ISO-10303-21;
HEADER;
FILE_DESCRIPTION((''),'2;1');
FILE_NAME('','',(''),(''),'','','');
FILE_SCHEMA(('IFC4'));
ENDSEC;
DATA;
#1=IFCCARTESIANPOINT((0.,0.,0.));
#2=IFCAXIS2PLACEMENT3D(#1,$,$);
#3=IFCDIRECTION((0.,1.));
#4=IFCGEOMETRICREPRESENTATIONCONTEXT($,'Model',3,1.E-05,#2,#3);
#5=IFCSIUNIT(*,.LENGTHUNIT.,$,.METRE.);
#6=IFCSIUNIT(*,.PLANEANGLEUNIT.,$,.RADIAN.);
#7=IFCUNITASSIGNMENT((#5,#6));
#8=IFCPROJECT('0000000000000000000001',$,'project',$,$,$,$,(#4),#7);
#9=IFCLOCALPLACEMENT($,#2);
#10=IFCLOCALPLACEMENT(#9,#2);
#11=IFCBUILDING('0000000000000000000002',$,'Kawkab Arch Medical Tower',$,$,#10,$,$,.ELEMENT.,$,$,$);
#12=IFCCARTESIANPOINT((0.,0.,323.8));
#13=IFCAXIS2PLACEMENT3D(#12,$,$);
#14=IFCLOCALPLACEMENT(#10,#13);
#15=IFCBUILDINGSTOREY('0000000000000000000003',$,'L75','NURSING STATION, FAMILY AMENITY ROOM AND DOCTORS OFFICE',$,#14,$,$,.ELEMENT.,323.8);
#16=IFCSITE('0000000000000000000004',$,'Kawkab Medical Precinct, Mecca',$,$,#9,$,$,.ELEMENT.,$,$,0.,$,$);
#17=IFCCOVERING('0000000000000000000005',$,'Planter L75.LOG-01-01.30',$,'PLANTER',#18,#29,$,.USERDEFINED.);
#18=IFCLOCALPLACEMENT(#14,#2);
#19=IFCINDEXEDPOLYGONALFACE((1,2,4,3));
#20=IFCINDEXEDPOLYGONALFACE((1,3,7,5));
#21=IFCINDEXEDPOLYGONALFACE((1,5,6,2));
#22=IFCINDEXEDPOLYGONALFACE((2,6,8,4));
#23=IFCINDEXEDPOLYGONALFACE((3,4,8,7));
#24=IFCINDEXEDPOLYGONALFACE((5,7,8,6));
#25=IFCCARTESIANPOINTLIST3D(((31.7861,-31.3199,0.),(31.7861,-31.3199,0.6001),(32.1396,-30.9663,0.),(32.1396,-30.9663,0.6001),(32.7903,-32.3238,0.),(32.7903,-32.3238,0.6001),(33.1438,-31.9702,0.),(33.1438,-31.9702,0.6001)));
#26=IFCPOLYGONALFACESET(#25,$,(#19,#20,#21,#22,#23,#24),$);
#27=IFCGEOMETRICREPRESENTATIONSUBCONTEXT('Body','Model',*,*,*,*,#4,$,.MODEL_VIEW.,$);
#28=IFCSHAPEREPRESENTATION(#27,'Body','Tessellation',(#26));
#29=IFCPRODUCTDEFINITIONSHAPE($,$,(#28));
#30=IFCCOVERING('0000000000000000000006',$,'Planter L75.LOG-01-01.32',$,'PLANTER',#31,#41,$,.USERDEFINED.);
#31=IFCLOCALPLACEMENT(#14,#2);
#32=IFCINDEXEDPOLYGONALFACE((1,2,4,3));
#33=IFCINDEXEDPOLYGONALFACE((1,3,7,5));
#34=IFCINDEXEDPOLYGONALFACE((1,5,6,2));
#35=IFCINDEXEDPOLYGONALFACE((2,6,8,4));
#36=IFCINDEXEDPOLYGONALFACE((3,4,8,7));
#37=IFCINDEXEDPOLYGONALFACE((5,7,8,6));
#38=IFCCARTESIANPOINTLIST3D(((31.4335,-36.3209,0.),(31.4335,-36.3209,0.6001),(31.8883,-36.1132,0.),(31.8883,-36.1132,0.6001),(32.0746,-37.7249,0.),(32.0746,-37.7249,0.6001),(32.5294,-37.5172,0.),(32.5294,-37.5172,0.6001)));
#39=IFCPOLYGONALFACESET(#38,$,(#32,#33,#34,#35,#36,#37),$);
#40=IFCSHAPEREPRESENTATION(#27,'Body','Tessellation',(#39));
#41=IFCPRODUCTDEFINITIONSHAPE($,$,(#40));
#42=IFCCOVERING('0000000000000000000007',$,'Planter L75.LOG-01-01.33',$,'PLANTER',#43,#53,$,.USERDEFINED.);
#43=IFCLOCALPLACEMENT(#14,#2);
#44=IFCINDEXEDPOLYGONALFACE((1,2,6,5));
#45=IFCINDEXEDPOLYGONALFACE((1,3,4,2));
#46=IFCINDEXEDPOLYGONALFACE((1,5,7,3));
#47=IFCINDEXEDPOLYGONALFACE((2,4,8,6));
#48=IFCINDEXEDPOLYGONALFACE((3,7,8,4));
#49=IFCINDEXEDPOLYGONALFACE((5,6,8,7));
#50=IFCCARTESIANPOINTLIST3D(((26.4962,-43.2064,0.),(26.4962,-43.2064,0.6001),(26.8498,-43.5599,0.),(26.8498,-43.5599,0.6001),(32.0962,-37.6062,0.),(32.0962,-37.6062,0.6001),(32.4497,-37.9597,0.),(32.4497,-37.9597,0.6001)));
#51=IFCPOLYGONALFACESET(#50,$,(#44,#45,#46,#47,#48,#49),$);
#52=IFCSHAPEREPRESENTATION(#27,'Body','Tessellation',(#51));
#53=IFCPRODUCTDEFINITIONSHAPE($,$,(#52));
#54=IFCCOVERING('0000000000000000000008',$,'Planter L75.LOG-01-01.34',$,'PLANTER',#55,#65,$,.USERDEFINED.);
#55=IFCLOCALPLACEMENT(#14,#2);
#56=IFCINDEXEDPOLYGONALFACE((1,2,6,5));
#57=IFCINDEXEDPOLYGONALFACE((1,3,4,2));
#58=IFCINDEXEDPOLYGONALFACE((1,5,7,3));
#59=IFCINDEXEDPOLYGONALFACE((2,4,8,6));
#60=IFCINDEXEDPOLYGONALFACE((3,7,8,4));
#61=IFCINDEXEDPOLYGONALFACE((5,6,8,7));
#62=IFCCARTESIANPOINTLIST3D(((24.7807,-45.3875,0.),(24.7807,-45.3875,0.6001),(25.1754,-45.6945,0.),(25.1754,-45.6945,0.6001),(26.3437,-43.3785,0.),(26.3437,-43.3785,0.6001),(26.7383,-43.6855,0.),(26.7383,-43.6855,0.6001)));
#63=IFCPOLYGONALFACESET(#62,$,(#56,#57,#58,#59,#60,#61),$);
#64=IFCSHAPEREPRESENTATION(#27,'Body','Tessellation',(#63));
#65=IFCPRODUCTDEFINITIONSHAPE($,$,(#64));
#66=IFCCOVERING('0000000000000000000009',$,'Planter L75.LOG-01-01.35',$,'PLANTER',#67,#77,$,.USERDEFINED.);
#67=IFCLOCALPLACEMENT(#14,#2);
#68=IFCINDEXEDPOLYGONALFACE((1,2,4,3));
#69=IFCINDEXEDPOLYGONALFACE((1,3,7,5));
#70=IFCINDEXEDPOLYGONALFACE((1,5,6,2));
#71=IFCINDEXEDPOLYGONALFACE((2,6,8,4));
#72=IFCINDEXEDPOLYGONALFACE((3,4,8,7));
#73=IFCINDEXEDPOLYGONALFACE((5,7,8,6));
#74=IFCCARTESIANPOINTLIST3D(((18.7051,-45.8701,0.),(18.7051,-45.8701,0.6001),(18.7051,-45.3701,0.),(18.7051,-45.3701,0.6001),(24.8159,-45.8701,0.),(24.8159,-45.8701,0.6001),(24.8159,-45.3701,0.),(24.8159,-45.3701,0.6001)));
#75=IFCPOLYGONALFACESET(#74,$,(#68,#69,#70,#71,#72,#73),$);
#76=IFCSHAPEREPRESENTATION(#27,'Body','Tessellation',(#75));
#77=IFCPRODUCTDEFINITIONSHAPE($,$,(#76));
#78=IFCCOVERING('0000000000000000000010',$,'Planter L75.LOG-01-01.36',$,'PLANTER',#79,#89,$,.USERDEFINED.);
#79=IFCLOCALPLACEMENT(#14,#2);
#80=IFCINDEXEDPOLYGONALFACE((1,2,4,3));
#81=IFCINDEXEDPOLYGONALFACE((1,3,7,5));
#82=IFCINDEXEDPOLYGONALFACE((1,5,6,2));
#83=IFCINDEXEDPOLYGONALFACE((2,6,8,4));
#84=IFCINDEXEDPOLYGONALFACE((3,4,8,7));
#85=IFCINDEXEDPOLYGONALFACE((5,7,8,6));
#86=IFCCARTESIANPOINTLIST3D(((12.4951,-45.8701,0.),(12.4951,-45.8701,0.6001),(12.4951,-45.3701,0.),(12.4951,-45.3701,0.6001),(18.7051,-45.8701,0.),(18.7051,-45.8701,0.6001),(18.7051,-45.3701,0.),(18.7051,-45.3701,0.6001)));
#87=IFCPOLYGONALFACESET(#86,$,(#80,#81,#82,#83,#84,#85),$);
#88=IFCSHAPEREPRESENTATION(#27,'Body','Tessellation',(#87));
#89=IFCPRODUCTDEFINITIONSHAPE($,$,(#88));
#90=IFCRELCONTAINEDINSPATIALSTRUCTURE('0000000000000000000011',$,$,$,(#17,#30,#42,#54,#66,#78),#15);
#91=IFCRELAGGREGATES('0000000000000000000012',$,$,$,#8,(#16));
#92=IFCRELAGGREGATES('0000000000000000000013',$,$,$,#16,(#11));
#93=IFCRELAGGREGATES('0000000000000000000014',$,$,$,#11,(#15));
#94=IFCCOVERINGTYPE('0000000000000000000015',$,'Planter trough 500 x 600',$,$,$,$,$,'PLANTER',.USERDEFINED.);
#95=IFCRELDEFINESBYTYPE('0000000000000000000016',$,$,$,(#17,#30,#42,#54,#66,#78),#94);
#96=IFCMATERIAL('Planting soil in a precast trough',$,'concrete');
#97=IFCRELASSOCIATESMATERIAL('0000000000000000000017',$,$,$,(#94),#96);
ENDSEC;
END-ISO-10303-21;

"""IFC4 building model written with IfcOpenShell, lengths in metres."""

from ifc_helpers import new_model, si_unit, direction, frame, origin, origin_2d, place, context, subcontext, project, spatial, rectangle, extrude, material, material_profile, profile_set, type_object, element, save


model = new_model("IFC4")

# Units and contexts
model_context = context("Model", 3, precision=1e-05, world=origin(), true_north=direction((0.0, 1.0)))
body_context = subcontext(model_context, "Body", "Model", "MODEL_VIEW")
ifc_project = project(units=[si_unit("LENGTHUNIT", "METRE"), si_unit("PLANEANGLEUNIT", "RADIAN")], contexts=[model_context])

# Site, building, storey
site_placement = place(None, origin())
site = spatial("IfcSite", under=ifc_project, at=site_placement, Name="Kawkab Medical Precinct, Mecca", CompositionType="ELEMENT", RefElevation=0.0)
building_placement = place(site_placement, origin())
building = spatial("IfcBuilding", under=site, at=building_placement, Name="Kawkab Arch Medical Tower", CompositionType="ELEMENT")
storey_placement = place(building_placement, frame((0.0, 0.0, 323.8)))
storey = spatial("IfcBuildingStorey", under=building, at=storey_placement, Name="L75", Description="NURSING STATION, FAMILY AMENITY ROOM AND DOCTORS OFFICE", CompositionType="ELEMENT", Elevation=323.8)

# Coverings
ifc_material_1 = material(Name="Planting soil in a precast trough", Category="concrete")
ifc_material_profile_1 = material_profile(ifc_material_1, rectangle(XDim=0.5, YDim=0.6001, at=origin_2d()), Name="Trough 500x600")
ifc_profile_set_1 = profile_set([ifc_material_profile_1], Name="Planting soil in a precast trough")
covering_type_1 = type_object("IfcCoveringType", Name="Planter trough 500 x 600", ElementType="PLANTER", PredefinedType="USERDEFINED", material=ifc_profile_set_1)
covering_1_placement = place(storey_placement, frame((32.967, -32.147, 0.3), z_axis=(-0.707193, 0.707021, 0.0), x_axis=(-0.707021, -0.707193, 0.0)))
element("IfcCovering", 1, at=covering_1_placement, inside=storey, type_object=covering_type_1, Name="Planter L75.LOG-01-01.30", ObjectType="PLANTER", PredefinedType="USERDEFINED", context=body_context, shape_type="SweptSolid", body=[
    extrude(rectangle(XDim=0.5, YDim=0.6001, at=origin_2d()), origin(), (0.0, 0.0, 1.0), 1.4199),
])
covering_2_placement = place(storey_placement, frame((31.6609, -36.217, 0.3), z_axis=(0.415363, -0.909656, 0.0), x_axis=(0.909656, 0.415363, 0.0)))
element("IfcCovering", 2, at=covering_2_placement, inside=storey, type_object=covering_type_1, Name="Planter L75.LOG-01-01.32", ObjectType="PLANTER", PredefinedType="USERDEFINED", context=body_context, shape_type="SweptSolid", body=[
    extrude(rectangle(XDim=0.5, YDim=0.6001, at=origin_2d()), origin(), (0.0, 0.0, 1.0), 1.5435),
])
covering_3_placement = place(storey_placement, frame((32.2729, -37.783, 0.3), z_axis=(-0.707091, -0.707122, 0.0), x_axis=(0.707122, -0.707091, 0.0)))
element("IfcCovering", 3, at=covering_3_placement, inside=storey, type_object=covering_type_1, Name="Planter L75.LOG-01-01.33", ObjectType="PLANTER", PredefinedType="USERDEFINED", context=body_context, shape_type="SweptSolid", body=[
    extrude(rectangle(XDim=0.5, YDim=0.6001, at=origin_2d()), origin(), (0.0, 0.0, 1.0), 7.9197),
])
covering_4_placement = place(storey_placement, frame((26.541, -43.532, 0.3), z_axis=(-0.61404, -0.789275, 0.0), x_axis=(0.789275, -0.61404, 0.0)))
element("IfcCovering", 4, at=covering_4_placement, inside=storey, type_object=covering_type_1, Name="Planter L75.LOG-01-01.34", ObjectType="PLANTER", PredefinedType="USERDEFINED", context=body_context, shape_type="SweptSolid", body=[
    extrude(rectangle(XDim=0.5, YDim=0.6001, at=origin_2d()), origin(), (0.0, 0.0, 1.0), 2.5454),
])
covering_5_placement = place(storey_placement, frame((24.8159, -45.6201, 0.3), z_axis=(-1.0, 0.0, 0.0), x_axis=(0.0, -1.0, 0.0)))
element("IfcCovering", 5, at=covering_5_placement, inside=storey, type_object=covering_type_1, Name="Planter L75.LOG-01-01.35", ObjectType="PLANTER", PredefinedType="USERDEFINED", context=body_context, shape_type="SweptSolid", body=[
    extrude(rectangle(XDim=0.5, YDim=0.6001, at=origin_2d()), origin(), (0.0, 0.0, 1.0), 6.1108),
])
covering_6_placement = place(storey_placement, frame((18.7051, -45.6201, 0.3), z_axis=(-1.0, 0.0, 0.0), x_axis=(0.0, -1.0, 0.0)))
element("IfcCovering", 6, at=covering_6_placement, inside=storey, type_object=covering_type_1, Name="Planter L75.LOG-01-01.36", ObjectType="PLANTER", PredefinedType="USERDEFINED", context=body_context, shape_type="SweptSolid", body=[
    extrude(rectangle(XDim=0.5, YDim=0.6001, at=origin_2d()), origin(), (0.0, 0.0, 1.0), 6.21),
])

save(model, "model.ifc")
